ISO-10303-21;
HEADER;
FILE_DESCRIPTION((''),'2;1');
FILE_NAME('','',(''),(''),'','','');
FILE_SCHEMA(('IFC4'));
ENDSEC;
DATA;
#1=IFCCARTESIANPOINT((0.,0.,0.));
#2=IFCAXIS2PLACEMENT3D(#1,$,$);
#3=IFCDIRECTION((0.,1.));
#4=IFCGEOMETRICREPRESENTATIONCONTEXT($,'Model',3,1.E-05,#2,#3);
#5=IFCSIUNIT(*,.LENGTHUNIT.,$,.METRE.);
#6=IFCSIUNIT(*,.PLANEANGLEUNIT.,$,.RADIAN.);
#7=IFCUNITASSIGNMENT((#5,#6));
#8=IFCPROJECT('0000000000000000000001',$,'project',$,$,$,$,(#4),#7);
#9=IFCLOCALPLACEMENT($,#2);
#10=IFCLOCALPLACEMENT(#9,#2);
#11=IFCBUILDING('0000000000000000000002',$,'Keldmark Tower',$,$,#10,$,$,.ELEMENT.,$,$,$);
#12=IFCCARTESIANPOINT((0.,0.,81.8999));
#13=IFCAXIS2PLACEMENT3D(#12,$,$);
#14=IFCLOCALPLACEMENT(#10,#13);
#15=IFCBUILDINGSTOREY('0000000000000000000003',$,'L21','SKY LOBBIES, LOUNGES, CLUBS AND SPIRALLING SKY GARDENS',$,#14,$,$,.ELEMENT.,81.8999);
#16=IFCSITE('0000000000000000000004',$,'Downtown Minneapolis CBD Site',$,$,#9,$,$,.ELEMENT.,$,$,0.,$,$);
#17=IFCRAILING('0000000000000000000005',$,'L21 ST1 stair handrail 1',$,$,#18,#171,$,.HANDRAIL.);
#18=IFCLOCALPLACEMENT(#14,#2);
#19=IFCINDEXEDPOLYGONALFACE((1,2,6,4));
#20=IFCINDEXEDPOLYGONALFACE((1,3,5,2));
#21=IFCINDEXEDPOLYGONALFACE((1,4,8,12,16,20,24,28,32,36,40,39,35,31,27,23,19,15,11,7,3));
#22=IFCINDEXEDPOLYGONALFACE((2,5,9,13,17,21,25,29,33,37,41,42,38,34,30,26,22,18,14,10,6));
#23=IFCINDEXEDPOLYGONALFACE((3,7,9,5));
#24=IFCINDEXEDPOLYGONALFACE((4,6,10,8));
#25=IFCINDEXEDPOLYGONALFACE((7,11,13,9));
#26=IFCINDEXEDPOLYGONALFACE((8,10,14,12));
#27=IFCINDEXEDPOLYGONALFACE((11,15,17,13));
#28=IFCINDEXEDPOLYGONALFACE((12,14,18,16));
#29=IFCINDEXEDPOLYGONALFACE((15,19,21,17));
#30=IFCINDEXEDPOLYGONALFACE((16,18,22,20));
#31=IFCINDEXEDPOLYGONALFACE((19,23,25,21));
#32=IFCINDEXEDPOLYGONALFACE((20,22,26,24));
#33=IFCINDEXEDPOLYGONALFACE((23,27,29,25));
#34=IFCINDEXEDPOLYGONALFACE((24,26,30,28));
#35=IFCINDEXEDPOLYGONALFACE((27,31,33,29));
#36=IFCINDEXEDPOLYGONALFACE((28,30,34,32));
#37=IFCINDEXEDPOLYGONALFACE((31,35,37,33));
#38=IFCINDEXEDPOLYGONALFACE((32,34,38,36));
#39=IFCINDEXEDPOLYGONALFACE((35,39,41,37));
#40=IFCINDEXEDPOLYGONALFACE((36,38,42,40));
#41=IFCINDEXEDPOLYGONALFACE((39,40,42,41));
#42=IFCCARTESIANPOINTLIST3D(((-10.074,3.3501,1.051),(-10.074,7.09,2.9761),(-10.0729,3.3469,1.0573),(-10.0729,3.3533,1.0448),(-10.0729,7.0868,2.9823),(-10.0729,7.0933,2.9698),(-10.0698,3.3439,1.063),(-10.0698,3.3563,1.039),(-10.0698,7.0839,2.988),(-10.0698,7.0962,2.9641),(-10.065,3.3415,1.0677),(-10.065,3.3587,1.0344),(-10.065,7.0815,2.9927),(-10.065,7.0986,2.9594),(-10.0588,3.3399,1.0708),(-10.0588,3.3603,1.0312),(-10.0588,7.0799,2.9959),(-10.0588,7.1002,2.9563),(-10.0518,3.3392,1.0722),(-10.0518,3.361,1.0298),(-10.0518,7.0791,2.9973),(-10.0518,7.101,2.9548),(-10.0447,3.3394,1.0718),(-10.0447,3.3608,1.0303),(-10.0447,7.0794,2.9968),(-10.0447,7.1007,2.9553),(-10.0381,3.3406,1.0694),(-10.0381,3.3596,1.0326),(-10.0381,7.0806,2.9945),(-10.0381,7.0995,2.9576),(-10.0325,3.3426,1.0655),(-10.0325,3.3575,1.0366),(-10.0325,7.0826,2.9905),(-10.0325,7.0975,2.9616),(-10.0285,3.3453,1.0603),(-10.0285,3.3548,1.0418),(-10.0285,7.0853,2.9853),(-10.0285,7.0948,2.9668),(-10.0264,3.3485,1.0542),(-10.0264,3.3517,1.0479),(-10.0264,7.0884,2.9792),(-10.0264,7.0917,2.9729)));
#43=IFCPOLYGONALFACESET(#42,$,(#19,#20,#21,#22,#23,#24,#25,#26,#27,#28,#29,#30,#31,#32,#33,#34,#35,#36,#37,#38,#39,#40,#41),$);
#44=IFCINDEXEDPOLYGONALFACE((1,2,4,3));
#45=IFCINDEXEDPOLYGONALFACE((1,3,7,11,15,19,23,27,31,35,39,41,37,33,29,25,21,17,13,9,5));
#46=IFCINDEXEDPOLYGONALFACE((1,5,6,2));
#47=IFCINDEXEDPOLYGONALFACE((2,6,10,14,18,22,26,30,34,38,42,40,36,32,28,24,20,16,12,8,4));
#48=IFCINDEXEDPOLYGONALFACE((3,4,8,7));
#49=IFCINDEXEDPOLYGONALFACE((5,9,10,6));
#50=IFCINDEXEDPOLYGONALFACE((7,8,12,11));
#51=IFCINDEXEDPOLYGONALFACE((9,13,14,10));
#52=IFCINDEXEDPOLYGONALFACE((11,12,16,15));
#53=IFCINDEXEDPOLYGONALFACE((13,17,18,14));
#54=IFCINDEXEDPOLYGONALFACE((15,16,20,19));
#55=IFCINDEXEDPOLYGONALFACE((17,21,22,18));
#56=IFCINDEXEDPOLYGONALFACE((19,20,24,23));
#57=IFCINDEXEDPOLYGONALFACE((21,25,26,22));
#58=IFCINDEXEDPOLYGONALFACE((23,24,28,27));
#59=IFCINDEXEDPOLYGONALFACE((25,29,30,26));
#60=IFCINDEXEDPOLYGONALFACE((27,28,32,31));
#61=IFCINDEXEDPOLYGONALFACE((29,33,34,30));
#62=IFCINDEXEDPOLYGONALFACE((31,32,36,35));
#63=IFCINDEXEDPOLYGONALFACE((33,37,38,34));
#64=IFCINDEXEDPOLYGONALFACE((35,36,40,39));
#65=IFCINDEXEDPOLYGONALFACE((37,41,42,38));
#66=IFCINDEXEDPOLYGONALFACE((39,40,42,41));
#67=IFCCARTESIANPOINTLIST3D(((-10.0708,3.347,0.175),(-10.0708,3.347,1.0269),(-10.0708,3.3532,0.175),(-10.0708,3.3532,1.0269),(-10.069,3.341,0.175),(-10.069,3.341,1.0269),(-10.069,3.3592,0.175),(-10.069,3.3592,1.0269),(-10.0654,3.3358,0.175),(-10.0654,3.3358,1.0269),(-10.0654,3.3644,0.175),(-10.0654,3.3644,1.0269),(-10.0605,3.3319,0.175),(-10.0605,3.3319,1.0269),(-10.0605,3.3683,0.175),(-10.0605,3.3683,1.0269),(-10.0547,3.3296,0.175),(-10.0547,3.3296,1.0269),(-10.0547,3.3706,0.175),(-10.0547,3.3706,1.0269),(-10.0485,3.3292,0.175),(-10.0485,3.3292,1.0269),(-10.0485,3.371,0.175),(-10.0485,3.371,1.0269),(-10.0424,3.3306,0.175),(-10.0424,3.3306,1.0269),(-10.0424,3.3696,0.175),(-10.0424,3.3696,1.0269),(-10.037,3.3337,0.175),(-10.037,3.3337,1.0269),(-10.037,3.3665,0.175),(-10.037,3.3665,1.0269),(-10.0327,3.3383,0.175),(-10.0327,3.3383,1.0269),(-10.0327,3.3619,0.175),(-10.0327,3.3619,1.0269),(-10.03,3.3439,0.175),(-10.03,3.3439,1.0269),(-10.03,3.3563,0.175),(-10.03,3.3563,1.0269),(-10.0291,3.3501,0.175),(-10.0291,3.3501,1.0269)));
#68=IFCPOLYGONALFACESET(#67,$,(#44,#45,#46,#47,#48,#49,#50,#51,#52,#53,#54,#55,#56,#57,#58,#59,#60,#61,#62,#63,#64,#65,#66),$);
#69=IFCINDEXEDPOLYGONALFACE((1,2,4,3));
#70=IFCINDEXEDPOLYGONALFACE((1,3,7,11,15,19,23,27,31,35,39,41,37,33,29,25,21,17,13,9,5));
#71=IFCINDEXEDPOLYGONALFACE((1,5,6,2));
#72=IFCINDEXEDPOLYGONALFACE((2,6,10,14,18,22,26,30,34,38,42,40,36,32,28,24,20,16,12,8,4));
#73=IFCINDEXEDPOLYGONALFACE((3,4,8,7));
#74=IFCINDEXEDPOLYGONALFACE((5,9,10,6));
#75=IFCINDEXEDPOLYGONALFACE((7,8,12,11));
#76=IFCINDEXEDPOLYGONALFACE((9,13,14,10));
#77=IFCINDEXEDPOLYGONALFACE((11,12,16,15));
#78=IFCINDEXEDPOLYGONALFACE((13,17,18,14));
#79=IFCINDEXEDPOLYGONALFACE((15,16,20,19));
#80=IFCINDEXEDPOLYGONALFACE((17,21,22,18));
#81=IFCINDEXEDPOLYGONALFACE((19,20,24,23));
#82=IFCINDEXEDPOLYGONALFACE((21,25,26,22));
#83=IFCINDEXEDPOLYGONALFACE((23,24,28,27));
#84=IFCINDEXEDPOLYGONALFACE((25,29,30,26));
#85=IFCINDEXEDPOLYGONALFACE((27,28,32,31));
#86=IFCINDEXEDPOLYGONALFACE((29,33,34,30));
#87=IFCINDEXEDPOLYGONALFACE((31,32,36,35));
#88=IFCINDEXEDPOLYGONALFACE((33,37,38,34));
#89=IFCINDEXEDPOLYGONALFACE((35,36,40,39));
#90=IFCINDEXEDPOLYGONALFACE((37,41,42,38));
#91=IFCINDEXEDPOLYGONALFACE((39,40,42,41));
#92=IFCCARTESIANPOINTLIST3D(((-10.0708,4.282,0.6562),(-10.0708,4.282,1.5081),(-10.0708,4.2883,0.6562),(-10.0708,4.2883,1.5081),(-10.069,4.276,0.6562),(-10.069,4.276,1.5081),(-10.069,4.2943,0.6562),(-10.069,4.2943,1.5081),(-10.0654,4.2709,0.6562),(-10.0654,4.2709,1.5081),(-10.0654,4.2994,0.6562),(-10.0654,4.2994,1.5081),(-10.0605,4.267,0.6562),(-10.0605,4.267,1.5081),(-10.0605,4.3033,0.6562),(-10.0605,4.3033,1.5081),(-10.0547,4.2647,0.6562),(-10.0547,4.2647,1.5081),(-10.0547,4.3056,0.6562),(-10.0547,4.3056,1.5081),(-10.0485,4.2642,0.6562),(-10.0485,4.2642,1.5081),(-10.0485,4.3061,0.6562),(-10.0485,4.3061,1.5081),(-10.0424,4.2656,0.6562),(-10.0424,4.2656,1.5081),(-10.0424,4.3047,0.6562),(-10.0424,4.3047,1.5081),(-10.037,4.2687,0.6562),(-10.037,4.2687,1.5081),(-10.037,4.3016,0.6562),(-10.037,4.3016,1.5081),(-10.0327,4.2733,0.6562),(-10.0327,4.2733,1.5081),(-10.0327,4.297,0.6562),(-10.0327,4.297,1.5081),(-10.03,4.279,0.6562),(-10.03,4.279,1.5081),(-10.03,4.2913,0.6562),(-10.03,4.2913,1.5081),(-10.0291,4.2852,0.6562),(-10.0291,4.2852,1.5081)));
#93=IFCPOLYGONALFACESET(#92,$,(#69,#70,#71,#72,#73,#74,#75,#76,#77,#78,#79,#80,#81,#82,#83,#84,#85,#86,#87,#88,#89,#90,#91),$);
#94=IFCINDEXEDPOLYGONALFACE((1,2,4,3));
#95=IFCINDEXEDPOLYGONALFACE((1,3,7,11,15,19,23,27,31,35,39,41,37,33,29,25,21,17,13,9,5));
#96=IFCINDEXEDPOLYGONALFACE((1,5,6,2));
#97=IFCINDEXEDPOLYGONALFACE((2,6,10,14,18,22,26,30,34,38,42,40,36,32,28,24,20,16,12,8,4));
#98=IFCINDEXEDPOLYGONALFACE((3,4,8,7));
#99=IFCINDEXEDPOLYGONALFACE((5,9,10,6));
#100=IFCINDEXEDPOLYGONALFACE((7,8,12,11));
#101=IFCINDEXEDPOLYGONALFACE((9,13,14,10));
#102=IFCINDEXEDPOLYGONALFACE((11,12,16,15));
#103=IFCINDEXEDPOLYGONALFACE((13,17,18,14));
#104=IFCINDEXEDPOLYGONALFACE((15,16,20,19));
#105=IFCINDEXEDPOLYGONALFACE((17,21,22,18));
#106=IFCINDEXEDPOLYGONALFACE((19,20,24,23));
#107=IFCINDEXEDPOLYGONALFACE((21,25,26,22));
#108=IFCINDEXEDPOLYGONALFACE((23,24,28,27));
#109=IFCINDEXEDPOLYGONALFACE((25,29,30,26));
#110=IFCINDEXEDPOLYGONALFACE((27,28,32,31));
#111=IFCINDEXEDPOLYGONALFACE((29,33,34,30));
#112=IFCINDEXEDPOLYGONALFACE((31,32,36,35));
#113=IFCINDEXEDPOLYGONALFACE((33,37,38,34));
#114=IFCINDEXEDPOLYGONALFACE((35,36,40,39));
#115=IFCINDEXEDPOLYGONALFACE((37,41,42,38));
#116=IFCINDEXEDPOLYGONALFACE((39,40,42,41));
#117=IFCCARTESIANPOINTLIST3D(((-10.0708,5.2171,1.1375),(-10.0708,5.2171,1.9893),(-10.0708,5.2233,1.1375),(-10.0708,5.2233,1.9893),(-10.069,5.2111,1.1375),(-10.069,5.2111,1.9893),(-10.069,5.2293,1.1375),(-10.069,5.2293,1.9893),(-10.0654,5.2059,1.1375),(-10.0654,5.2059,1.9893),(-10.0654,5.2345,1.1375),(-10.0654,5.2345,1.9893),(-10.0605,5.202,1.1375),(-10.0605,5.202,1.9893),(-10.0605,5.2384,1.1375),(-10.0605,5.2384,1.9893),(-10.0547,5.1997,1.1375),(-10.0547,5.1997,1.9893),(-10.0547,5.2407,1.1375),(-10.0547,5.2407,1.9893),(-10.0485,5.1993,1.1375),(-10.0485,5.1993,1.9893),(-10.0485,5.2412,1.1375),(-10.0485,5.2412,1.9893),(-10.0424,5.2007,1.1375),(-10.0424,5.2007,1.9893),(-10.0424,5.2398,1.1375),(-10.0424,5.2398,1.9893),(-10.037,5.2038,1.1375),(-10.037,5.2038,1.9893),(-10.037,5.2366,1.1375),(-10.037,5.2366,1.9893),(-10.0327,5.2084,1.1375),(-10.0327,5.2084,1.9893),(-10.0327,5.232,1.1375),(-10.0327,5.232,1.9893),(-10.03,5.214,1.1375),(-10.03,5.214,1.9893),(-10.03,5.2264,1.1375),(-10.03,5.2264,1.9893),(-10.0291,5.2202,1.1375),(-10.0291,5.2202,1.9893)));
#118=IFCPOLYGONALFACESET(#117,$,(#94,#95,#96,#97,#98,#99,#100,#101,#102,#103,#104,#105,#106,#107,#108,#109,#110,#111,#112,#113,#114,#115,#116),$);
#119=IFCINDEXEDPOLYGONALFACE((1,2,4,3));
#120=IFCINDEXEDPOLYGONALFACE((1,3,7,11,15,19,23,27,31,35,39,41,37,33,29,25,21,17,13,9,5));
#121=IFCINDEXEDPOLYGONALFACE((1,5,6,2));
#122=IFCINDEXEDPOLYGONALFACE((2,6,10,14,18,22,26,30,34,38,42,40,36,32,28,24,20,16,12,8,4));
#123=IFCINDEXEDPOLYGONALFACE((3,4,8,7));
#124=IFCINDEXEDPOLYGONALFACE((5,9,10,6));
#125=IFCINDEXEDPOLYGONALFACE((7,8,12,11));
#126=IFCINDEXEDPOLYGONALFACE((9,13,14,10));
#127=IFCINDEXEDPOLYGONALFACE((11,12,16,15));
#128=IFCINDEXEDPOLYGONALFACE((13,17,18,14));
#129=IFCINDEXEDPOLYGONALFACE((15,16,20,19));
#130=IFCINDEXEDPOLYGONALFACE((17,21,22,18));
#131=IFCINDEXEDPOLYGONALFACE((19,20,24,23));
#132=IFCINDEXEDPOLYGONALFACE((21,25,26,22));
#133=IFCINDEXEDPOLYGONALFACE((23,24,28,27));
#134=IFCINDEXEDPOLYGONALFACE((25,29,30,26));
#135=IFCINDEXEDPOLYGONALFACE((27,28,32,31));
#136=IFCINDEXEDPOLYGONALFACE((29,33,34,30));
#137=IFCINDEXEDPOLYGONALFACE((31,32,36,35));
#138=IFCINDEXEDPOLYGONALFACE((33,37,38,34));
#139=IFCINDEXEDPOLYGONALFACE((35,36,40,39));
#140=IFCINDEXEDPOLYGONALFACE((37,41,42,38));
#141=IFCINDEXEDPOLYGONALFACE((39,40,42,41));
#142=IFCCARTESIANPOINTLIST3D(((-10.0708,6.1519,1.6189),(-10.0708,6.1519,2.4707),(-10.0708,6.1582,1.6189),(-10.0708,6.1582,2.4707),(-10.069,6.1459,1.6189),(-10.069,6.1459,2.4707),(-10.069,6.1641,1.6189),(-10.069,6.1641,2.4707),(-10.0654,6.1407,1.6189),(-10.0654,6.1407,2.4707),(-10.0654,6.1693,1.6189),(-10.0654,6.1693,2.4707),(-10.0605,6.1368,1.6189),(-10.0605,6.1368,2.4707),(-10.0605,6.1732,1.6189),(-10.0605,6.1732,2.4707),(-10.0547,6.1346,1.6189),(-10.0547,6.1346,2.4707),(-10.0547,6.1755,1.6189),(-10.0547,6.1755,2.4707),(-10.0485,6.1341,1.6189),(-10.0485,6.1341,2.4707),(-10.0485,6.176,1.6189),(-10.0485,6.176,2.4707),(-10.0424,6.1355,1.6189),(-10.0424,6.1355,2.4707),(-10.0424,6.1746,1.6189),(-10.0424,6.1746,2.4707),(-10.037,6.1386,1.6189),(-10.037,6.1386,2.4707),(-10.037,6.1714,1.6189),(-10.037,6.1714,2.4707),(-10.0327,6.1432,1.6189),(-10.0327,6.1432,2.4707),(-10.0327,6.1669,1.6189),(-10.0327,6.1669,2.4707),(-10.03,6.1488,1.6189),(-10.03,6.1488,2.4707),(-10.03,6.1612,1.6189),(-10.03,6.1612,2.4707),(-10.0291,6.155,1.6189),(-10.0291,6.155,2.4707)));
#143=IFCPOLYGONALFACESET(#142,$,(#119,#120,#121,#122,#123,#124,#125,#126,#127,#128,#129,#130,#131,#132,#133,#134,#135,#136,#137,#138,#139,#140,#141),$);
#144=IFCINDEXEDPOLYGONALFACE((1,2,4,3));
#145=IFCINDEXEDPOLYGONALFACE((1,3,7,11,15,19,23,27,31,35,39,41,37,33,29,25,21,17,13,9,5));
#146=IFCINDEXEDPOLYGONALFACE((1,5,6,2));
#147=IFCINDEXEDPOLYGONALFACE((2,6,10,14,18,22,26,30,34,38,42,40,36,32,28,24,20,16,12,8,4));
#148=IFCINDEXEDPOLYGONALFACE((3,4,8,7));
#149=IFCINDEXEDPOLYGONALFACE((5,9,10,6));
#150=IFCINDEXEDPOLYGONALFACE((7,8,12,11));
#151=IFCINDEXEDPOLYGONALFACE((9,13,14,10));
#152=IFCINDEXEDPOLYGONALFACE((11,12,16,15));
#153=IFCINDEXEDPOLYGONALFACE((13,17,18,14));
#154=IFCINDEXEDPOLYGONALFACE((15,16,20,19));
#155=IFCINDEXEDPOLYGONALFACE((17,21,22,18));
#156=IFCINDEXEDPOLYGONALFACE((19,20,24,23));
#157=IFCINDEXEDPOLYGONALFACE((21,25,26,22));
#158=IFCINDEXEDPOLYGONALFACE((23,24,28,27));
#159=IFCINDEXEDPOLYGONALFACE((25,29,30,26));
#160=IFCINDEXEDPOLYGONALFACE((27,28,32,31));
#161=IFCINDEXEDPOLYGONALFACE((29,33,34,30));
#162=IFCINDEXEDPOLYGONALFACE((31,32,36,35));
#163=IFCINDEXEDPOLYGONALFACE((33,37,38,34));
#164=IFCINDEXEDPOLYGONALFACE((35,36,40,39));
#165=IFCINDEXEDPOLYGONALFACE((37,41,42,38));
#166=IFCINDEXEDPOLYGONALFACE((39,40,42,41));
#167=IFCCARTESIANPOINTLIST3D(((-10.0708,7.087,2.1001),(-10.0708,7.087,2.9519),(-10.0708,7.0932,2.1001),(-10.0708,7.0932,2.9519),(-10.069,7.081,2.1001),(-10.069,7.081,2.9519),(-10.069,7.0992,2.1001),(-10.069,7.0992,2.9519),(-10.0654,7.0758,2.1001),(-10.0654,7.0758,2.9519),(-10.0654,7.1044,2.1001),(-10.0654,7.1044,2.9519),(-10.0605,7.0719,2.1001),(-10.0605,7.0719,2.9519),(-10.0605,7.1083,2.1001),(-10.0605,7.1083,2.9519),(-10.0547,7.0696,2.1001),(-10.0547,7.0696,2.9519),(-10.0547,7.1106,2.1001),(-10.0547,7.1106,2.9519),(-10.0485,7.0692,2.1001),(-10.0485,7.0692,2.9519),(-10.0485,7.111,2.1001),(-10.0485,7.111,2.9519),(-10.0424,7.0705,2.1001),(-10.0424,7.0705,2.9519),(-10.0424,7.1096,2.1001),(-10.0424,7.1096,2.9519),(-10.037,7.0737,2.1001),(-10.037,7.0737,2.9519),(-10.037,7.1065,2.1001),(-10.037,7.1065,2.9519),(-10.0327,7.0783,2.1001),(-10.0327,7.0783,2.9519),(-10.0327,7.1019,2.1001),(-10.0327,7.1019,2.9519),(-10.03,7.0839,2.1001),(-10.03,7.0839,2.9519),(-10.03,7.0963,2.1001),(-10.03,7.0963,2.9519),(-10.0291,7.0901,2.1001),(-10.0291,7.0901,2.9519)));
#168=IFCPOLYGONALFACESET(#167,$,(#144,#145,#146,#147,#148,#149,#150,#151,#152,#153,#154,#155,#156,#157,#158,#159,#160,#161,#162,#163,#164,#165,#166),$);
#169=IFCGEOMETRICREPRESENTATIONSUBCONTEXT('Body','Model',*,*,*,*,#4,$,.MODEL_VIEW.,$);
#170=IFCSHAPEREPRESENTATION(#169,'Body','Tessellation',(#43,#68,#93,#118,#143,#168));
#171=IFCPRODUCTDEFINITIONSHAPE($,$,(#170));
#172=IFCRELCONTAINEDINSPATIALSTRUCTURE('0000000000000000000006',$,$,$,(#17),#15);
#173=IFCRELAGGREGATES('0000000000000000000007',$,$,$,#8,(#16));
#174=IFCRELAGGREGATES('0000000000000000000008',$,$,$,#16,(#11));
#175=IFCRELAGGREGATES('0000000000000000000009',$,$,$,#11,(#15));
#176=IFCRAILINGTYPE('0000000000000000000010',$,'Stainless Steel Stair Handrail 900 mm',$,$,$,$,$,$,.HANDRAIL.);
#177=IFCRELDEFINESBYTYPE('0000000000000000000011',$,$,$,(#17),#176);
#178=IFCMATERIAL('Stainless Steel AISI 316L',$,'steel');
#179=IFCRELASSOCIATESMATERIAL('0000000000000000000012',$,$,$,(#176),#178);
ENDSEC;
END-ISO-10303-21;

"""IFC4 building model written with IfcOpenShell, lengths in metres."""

from ifc_helpers import new_model, si_unit, direction, frame, origin, origin_2d, place, context, subcontext, project, spatial, circle, extrude, material, type_object, element, save


model = new_model("IFC4")

# Units and contexts
model_context = context("Model", 3, precision=1e-05, world=origin(), true_north=direction((0.0, 1.0)))
body_context = subcontext(model_context, "Body", "Model", "MODEL_VIEW")
ifc_project = project(units=[si_unit("LENGTHUNIT", "METRE"), si_unit("PLANEANGLEUNIT", "RADIAN")], contexts=[model_context])

# Site, building, storey
site_placement = place(None, origin())
site = spatial("IfcSite", under=ifc_project, at=site_placement, Name="Downtown Minneapolis CBD Site", CompositionType="ELEMENT", RefElevation=0.0)
building_placement = place(site_placement, origin())
building = spatial("IfcBuilding", under=site, at=building_placement, Name="Keldmark Tower", CompositionType="ELEMENT")
storey_placement = place(building_placement, frame((0.0, 0.0, 81.8999)))
storey = spatial("IfcBuildingStorey", under=building, at=storey_placement, Name="L21", Description="SKY LOBBIES, LOUNGES, CLUBS AND SPIRALLING SKY GARDENS", CompositionType="ELEMENT", Elevation=81.8999)

# Railing
ifc_material_1 = material(Name="Stainless Steel AISI 316L", Category="steel")
railing_type_1 = type_object("IfcRailingType", Name="Stainless Steel Stair Handrail 900 mm", PredefinedType="HANDRAIL", material=ifc_material_1)
railing_1_placement = place(storey_placement, frame((-10.05, 3.3501, 0.175)))
element("IfcRailing", 1, at=railing_1_placement, inside=storey, type_object=railing_type_1, Name="L21 ST1 stair handrail 1", PredefinedType="HANDRAIL", context=body_context, shape_type="SweptSolid", body=[
    extrude(circle(Radius=0.0239, at=origin_2d()), frame((0.0, 0.0, 0.876), z_axis=(0.0, 0.889131, 0.457654), x_axis=(-1.0, 0.0, 0.0)), (0.0, 0.0, 1.0), 4.2063),
    extrude(circle(Radius=0.021, at=origin_2d()), origin(), (0.0, 0.0, 1.0), 0.8518),
    extrude(circle(Radius=0.021, at=origin_2d()), frame((0.0, 0.9351, 0.4812)), (0.0, 0.0, 1.0), 0.8518),
    extrude(circle(Radius=0.021, at=origin_2d()), frame((0.0, 1.8701, 0.9624)), (0.0, 0.0, 1.0), 0.8518),
    extrude(circle(Radius=0.021, at=origin_2d()), frame((0.0, 2.8049, 1.4438)), (0.0, 0.0, 1.0), 0.8518),
    extrude(circle(Radius=0.021, at=origin_2d()), frame((0.0, 3.74, 1.925)), (0.0, 0.0, 1.0), 0.8518),
])

save(model, "model.ifc")
